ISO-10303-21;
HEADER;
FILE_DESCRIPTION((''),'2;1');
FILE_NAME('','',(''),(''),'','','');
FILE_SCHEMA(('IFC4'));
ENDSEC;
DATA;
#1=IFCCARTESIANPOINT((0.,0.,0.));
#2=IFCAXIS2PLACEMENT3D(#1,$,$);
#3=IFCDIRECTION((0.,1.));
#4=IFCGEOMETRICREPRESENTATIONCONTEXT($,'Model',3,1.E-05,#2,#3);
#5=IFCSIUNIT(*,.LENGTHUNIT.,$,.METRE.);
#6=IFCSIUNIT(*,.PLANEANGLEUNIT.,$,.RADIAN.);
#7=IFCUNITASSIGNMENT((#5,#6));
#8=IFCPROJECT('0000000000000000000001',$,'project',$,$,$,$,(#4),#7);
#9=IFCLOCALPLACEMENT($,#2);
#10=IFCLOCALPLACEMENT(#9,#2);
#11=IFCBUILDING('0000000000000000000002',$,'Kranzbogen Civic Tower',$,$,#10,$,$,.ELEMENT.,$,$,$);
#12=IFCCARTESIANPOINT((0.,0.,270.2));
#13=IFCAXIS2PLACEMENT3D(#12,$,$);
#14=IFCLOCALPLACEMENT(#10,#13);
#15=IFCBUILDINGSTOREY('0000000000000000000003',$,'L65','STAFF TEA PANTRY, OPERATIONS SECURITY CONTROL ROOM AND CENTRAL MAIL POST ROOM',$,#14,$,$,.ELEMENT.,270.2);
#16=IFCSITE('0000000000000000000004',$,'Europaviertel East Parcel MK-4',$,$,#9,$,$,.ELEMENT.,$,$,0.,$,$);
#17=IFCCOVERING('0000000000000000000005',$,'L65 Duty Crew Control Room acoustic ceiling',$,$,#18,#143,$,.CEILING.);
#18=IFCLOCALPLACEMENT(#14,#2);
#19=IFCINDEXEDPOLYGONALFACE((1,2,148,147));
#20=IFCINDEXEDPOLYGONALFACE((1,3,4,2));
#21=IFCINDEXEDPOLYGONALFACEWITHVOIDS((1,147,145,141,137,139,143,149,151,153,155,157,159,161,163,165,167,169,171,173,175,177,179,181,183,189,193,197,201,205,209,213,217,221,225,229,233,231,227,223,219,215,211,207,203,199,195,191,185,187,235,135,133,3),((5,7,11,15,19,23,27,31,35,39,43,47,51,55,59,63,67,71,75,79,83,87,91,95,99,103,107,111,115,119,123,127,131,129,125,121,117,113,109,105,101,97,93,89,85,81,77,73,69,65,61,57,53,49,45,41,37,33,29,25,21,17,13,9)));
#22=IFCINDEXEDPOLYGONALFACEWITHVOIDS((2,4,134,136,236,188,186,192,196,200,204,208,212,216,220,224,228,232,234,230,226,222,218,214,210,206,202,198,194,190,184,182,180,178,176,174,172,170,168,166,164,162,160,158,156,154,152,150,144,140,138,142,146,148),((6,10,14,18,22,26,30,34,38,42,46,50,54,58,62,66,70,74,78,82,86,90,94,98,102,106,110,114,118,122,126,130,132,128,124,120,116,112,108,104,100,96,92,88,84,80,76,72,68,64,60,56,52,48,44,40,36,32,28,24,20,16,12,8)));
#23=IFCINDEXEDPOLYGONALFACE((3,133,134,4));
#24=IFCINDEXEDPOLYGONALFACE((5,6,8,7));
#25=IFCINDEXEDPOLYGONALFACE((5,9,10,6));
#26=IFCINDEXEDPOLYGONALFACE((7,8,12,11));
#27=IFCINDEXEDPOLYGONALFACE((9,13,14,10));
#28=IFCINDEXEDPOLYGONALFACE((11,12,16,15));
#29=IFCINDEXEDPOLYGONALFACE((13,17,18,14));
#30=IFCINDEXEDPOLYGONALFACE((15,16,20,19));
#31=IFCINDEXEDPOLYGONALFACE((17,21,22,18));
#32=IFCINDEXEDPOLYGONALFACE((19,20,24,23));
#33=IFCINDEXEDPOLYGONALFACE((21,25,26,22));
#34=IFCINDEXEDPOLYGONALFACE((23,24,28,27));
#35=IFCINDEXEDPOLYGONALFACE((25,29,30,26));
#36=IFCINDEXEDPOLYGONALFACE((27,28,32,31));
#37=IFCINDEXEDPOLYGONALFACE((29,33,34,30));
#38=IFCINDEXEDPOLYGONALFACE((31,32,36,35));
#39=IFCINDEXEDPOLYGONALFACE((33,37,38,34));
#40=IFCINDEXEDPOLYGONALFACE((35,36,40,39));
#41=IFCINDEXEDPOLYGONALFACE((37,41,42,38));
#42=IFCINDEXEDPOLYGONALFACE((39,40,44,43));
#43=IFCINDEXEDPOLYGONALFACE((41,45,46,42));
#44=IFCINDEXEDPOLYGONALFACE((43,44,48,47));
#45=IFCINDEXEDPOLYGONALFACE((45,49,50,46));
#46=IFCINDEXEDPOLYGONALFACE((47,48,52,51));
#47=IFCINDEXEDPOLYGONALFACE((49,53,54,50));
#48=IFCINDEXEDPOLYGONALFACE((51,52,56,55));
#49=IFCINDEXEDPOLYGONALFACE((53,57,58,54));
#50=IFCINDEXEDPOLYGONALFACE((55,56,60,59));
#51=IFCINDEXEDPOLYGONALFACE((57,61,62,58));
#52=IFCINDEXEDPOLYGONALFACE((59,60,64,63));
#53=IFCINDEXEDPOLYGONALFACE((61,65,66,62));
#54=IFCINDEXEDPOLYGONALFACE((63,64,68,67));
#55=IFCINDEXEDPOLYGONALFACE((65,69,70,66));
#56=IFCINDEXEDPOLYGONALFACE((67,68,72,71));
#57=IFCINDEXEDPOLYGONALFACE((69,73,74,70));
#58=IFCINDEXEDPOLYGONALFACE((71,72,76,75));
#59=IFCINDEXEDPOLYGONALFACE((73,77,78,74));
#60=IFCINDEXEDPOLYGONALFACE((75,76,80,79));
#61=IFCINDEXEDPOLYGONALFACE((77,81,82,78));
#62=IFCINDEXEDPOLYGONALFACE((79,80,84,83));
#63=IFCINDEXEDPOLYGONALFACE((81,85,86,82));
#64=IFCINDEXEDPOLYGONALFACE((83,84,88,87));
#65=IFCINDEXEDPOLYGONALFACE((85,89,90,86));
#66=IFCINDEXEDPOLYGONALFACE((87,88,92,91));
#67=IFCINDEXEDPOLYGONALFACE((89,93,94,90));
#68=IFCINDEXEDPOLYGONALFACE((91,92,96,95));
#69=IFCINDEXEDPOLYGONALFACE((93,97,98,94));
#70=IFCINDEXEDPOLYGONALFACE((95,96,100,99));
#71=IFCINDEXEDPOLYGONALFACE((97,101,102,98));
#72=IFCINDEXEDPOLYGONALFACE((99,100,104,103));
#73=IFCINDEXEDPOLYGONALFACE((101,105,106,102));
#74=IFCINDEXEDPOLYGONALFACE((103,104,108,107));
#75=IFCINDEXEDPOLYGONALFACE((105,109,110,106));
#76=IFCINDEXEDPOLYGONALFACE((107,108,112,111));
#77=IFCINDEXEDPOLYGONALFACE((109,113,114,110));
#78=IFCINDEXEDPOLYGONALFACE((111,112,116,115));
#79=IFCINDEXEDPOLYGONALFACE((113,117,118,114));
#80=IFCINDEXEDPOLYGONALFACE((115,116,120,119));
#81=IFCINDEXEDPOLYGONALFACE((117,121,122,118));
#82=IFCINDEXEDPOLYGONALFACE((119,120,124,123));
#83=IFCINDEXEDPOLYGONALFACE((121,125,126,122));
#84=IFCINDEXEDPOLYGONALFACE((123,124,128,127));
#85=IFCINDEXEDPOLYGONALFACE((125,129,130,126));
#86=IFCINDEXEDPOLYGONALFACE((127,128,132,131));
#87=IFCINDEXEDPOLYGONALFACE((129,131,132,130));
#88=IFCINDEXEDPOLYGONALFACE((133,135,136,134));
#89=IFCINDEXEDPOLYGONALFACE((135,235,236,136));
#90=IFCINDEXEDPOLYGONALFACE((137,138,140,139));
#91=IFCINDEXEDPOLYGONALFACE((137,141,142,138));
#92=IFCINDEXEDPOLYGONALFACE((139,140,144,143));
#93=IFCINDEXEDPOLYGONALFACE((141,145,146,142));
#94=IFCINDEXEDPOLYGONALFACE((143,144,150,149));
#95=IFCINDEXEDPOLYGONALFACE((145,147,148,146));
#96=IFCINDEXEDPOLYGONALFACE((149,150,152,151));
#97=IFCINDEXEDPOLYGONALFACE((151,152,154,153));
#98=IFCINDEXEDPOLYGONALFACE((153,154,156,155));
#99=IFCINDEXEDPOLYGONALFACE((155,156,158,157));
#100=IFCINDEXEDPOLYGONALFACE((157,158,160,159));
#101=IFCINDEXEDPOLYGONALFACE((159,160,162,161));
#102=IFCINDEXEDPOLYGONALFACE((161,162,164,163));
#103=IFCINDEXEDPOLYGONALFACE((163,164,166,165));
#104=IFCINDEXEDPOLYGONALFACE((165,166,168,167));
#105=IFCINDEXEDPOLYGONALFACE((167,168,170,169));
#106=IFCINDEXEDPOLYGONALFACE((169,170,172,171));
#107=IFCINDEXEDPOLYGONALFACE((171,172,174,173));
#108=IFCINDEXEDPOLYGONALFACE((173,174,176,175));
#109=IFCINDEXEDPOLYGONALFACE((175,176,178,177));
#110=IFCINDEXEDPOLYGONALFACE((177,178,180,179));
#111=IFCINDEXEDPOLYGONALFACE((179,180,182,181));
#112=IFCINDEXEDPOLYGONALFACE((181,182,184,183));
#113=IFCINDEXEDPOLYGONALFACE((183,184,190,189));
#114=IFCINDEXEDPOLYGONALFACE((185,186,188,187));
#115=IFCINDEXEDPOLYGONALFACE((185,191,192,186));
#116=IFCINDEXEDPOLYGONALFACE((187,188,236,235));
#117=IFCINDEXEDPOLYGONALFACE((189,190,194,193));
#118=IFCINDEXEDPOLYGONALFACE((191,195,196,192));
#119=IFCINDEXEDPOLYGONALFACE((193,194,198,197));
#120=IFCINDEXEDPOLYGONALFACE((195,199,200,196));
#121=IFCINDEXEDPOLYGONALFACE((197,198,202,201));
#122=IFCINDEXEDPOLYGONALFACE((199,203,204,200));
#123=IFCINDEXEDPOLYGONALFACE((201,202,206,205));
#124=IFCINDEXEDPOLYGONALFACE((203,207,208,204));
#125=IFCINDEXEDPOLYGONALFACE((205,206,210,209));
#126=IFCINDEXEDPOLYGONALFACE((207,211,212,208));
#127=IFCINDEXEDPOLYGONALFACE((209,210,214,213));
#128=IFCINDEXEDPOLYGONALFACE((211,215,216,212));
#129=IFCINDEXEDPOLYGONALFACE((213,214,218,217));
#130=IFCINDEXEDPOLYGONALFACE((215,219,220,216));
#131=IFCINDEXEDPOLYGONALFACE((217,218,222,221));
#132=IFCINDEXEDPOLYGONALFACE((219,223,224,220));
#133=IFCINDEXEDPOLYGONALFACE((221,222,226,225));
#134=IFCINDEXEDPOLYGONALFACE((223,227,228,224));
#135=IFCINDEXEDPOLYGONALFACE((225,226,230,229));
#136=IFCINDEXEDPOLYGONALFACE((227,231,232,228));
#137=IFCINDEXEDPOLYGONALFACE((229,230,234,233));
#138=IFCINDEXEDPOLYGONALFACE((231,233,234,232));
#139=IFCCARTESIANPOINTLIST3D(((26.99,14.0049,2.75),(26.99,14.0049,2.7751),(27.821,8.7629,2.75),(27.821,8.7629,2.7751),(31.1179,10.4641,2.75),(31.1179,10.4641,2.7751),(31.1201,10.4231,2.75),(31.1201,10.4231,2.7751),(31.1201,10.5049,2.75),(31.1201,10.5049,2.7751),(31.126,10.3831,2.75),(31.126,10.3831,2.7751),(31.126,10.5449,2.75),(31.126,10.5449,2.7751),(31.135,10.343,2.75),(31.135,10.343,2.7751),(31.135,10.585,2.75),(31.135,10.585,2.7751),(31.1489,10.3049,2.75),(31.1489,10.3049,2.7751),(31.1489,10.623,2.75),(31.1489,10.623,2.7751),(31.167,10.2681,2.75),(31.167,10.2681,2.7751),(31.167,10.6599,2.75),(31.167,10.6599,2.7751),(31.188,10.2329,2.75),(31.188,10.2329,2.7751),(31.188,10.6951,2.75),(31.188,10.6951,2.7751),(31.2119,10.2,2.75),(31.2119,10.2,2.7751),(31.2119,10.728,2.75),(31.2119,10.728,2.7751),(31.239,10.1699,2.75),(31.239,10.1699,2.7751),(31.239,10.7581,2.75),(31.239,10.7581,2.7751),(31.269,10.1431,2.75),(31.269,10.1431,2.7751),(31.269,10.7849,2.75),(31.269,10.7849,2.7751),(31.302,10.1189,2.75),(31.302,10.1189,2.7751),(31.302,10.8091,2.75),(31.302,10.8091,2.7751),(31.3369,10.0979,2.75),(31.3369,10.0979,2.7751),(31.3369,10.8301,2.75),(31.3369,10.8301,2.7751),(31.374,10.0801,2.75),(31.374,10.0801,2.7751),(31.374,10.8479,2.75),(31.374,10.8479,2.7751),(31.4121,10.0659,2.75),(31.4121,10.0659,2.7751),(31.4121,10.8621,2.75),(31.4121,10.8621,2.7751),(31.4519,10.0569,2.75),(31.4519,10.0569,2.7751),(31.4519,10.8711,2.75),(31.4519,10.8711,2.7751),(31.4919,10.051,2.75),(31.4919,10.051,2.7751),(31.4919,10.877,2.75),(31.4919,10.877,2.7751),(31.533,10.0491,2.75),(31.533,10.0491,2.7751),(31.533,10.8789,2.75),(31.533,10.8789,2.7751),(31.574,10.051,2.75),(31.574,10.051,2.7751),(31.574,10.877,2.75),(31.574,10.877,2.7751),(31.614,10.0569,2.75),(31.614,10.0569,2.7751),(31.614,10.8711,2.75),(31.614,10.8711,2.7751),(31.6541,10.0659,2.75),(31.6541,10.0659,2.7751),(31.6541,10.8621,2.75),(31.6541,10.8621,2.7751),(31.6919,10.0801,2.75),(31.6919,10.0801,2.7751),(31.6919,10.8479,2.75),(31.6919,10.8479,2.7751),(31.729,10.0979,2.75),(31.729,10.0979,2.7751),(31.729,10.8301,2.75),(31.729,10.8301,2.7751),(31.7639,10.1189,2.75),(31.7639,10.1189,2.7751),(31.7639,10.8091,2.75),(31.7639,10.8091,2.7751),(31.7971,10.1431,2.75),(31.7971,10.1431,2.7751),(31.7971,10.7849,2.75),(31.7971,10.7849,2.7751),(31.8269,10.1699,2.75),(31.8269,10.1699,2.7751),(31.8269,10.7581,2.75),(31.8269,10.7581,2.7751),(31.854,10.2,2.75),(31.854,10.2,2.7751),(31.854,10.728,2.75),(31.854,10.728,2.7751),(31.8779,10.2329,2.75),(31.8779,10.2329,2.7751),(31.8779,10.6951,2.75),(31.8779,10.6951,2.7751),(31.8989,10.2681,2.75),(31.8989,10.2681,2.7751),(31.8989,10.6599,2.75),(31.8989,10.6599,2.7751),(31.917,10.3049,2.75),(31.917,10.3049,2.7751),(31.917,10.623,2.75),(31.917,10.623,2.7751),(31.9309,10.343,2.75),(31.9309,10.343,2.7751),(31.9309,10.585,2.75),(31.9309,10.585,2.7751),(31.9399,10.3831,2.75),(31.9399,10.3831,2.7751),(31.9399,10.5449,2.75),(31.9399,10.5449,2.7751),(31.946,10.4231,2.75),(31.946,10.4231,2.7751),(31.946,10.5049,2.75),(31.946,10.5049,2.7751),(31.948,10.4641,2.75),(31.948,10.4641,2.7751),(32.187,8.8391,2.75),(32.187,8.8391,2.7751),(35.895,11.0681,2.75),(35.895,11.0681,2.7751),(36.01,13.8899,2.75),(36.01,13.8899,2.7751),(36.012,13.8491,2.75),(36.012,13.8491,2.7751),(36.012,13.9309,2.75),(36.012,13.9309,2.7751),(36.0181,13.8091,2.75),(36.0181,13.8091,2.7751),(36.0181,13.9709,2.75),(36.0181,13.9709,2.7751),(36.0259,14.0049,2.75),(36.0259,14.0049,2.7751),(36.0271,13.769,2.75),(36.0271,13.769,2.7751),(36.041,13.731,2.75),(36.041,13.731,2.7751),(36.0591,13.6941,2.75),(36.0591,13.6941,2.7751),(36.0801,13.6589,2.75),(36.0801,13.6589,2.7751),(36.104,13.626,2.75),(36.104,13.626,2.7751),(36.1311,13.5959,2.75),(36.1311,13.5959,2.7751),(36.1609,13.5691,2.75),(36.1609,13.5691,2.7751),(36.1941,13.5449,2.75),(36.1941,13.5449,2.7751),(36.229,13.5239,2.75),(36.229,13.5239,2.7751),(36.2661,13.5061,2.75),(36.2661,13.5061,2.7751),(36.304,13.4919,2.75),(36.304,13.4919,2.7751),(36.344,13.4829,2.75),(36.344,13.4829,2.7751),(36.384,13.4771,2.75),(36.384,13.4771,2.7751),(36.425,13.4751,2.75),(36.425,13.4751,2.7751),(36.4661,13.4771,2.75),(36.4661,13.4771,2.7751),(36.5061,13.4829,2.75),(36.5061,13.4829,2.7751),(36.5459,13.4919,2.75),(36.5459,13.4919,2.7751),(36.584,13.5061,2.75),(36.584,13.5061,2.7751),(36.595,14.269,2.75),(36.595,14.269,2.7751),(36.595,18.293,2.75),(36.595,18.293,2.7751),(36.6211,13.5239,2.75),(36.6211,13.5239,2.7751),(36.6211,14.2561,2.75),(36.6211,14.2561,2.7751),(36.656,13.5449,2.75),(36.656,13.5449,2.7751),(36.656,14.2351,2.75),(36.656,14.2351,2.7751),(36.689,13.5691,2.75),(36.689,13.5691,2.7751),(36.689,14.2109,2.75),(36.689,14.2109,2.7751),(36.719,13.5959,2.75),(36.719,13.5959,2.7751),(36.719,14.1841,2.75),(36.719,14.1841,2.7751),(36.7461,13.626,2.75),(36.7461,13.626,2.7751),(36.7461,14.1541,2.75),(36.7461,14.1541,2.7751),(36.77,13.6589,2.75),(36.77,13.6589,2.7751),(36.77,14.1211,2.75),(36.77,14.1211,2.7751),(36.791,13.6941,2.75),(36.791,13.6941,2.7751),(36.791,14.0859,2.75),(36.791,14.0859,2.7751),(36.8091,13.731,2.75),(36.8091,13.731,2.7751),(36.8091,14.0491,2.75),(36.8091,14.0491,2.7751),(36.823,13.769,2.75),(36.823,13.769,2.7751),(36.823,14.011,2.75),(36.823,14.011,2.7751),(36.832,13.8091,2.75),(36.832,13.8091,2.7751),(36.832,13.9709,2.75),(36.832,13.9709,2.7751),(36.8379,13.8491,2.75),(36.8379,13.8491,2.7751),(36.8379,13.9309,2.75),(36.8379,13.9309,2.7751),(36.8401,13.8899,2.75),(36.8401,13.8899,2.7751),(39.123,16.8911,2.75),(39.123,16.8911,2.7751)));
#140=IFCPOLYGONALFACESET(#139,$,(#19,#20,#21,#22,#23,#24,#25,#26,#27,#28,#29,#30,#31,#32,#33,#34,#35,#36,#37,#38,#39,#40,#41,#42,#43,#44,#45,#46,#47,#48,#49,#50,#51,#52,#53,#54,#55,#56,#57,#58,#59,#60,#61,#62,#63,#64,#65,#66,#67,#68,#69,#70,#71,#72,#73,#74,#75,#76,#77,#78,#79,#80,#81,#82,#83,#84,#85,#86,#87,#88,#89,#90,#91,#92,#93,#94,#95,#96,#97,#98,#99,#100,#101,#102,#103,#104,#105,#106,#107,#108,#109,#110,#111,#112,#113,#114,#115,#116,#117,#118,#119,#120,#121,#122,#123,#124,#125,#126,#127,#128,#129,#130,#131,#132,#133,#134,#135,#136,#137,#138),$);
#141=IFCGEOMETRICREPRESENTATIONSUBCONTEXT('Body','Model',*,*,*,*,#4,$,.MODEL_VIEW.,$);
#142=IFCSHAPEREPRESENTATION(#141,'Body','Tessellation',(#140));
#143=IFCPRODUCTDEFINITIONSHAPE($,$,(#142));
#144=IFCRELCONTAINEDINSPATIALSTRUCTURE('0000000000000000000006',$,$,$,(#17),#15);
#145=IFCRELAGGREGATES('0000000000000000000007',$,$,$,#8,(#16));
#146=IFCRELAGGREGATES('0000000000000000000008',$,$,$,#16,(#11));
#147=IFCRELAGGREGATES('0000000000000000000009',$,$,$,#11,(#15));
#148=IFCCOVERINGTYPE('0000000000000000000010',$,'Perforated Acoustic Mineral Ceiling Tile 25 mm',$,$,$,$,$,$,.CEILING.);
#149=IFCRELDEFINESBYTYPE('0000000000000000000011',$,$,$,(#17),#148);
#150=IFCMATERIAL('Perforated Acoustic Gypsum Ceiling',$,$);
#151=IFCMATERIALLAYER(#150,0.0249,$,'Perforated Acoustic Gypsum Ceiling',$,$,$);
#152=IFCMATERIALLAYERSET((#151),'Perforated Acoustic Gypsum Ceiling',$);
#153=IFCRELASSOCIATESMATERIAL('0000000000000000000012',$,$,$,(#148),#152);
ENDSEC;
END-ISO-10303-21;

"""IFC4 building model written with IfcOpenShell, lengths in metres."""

from ifc_helpers import new_model, si_unit, direction, frame, origin, place, context, subcontext, project, spatial, polyline, outline, extrude, material, layer, layer_set, type_object, element, save


model = new_model("IFC4")

# Units and contexts
model_context = context("Model", 3, precision=1e-05, world=origin(), true_north=direction((0.0, 1.0)))
body_context = subcontext(model_context, "Body", "Model", "MODEL_VIEW")
ifc_project = project(units=[si_unit("LENGTHUNIT", "METRE"), si_unit("PLANEANGLEUNIT", "RADIAN")], contexts=[model_context])

# Site, building, storey
site_placement = place(None, origin())
site = spatial("IfcSite", under=ifc_project, at=site_placement, Name="Europaviertel East Parcel MK-4", CompositionType="ELEMENT", RefElevation=0.0)
building_placement = place(site_placement, origin())
building = spatial("IfcBuilding", under=site, at=building_placement, Name="Kranzbogen Civic Tower", CompositionType="ELEMENT")
storey_placement = place(building_placement, frame((0.0, 0.0, 270.2)))
storey = spatial("IfcBuildingStorey", under=building, at=storey_placement, Name="L65", Description="STAFF TEA PANTRY, OPERATIONS SECURITY CONTROL ROOM AND CENTRAL MAIL POST ROOM", CompositionType="ELEMENT", Elevation=270.2)

# Covering
ifc_material_1 = material(Name="Perforated Acoustic Gypsum Ceiling")
ifc_layer_1 = layer(ifc_material_1, 0.0249, Name="Perforated Acoustic Gypsum Ceiling")
ifc_layer_set_1 = layer_set([ifc_layer_1], Name="Perforated Acoustic Gypsum Ceiling")
covering_type_1 = type_object("IfcCoveringType", Name="Perforated Acoustic Mineral Ceiling Tile 25 mm", PredefinedType="CEILING", material=ifc_layer_set_1)
covering_1_placement = place(storey_placement, frame((0.0, 0.0, 2.75)))
element("IfcCovering", 1, at=covering_1_placement, inside=storey, type_object=covering_type_1, Name="L65 Duty Crew Control Room acoustic ceiling", PredefinedType="CEILING", context=body_context, shape_type="SweptSolid", body=[
    extrude(outline(polyline([(32.187, 8.8391), (27.821, 8.7629), (26.99, 14.0049), (36.0259, 14.0049), (36.0181, 13.9709), (36.012, 13.9309), (36.01, 13.8899), (36.012, 13.8491), (36.0181, 13.8091), (36.0271, 13.769), (36.041, 13.731), (36.0591, 13.6941), (36.0801, 13.6589), (36.104, 13.626), (36.1311, 13.5959), (36.1609, 13.5691), (36.1941, 13.5449), (36.229, 13.5239), (36.2661, 13.5061), (36.304, 13.4919), (36.344, 13.4829), (36.384, 13.4771), (36.425, 13.4751), (36.4661, 13.4771), (36.5061, 13.4829), (36.5459, 13.4919), (36.584, 13.5061), (36.6211, 13.5239), (36.656, 13.5449), (36.689, 13.5691), (36.719, 13.5959), (36.7461, 13.626), (36.77, 13.6589), (36.791, 13.6941), (36.8091, 13.731), (36.823, 13.769), (36.832, 13.8091), (36.8379, 13.8491), (36.8401, 13.8899), (36.8379, 13.9309), (36.832, 13.9709), (36.823, 14.011), (36.8091, 14.0491), (36.791, 14.0859), (36.77, 14.1211), (36.7461, 14.1541), (36.719, 14.1841), (36.689, 14.2109), (36.656, 14.2351), (36.6211, 14.2561), (36.595, 14.269), (36.595, 18.293), (39.123, 16.8911), (35.895, 11.0681), (32.187, 8.8391)]), holes=[polyline([(31.917, 10.3049), (31.8989, 10.2681), (31.8779, 10.2329), (31.854, 10.2), (31.8269, 10.1699), (31.7971, 10.1431), (31.7639, 10.1189), (31.729, 10.0979), (31.6919, 10.0801), (31.6541, 10.0659), (31.614, 10.0569), (31.574, 10.051), (31.533, 10.0491), (31.4919, 10.051), (31.4519, 10.0569), (31.4121, 10.0659), (31.374, 10.0801), (31.3369, 10.0979), (31.302, 10.1189), (31.269, 10.1431), (31.239, 10.1699), (31.2119, 10.2), (31.188, 10.2329), (31.167, 10.2681), (31.1489, 10.3049), (31.135, 10.343), (31.126, 10.3831), (31.1201, 10.4231), (31.1179, 10.4641), (31.1201, 10.5049), (31.126, 10.5449), (31.135, 10.585), (31.1489, 10.623), (31.167, 10.6599), (31.188, 10.6951), (31.2119, 10.728), (31.239, 10.7581), (31.269, 10.7849), (31.302, 10.8091), (31.3369, 10.8301), (31.374, 10.8479), (31.4121, 10.8621), (31.4519, 10.8711), (31.4919, 10.877), (31.533, 10.8789), (31.574, 10.877), (31.614, 10.8711), (31.6541, 10.8621), (31.6919, 10.8479), (31.729, 10.8301), (31.7639, 10.8091), (31.7971, 10.7849), (31.8269, 10.7581), (31.854, 10.728), (31.8779, 10.6951), (31.8989, 10.6599), (31.917, 10.623), (31.9309, 10.585), (31.9399, 10.5449), (31.946, 10.5049), (31.948, 10.4641), (31.946, 10.4231), (31.9399, 10.3831), (31.9309, 10.343), (31.917, 10.3049)])]), origin(), (0.0, 0.0, 1.0), 0.0251),
])

save(model, "model.ifc")
